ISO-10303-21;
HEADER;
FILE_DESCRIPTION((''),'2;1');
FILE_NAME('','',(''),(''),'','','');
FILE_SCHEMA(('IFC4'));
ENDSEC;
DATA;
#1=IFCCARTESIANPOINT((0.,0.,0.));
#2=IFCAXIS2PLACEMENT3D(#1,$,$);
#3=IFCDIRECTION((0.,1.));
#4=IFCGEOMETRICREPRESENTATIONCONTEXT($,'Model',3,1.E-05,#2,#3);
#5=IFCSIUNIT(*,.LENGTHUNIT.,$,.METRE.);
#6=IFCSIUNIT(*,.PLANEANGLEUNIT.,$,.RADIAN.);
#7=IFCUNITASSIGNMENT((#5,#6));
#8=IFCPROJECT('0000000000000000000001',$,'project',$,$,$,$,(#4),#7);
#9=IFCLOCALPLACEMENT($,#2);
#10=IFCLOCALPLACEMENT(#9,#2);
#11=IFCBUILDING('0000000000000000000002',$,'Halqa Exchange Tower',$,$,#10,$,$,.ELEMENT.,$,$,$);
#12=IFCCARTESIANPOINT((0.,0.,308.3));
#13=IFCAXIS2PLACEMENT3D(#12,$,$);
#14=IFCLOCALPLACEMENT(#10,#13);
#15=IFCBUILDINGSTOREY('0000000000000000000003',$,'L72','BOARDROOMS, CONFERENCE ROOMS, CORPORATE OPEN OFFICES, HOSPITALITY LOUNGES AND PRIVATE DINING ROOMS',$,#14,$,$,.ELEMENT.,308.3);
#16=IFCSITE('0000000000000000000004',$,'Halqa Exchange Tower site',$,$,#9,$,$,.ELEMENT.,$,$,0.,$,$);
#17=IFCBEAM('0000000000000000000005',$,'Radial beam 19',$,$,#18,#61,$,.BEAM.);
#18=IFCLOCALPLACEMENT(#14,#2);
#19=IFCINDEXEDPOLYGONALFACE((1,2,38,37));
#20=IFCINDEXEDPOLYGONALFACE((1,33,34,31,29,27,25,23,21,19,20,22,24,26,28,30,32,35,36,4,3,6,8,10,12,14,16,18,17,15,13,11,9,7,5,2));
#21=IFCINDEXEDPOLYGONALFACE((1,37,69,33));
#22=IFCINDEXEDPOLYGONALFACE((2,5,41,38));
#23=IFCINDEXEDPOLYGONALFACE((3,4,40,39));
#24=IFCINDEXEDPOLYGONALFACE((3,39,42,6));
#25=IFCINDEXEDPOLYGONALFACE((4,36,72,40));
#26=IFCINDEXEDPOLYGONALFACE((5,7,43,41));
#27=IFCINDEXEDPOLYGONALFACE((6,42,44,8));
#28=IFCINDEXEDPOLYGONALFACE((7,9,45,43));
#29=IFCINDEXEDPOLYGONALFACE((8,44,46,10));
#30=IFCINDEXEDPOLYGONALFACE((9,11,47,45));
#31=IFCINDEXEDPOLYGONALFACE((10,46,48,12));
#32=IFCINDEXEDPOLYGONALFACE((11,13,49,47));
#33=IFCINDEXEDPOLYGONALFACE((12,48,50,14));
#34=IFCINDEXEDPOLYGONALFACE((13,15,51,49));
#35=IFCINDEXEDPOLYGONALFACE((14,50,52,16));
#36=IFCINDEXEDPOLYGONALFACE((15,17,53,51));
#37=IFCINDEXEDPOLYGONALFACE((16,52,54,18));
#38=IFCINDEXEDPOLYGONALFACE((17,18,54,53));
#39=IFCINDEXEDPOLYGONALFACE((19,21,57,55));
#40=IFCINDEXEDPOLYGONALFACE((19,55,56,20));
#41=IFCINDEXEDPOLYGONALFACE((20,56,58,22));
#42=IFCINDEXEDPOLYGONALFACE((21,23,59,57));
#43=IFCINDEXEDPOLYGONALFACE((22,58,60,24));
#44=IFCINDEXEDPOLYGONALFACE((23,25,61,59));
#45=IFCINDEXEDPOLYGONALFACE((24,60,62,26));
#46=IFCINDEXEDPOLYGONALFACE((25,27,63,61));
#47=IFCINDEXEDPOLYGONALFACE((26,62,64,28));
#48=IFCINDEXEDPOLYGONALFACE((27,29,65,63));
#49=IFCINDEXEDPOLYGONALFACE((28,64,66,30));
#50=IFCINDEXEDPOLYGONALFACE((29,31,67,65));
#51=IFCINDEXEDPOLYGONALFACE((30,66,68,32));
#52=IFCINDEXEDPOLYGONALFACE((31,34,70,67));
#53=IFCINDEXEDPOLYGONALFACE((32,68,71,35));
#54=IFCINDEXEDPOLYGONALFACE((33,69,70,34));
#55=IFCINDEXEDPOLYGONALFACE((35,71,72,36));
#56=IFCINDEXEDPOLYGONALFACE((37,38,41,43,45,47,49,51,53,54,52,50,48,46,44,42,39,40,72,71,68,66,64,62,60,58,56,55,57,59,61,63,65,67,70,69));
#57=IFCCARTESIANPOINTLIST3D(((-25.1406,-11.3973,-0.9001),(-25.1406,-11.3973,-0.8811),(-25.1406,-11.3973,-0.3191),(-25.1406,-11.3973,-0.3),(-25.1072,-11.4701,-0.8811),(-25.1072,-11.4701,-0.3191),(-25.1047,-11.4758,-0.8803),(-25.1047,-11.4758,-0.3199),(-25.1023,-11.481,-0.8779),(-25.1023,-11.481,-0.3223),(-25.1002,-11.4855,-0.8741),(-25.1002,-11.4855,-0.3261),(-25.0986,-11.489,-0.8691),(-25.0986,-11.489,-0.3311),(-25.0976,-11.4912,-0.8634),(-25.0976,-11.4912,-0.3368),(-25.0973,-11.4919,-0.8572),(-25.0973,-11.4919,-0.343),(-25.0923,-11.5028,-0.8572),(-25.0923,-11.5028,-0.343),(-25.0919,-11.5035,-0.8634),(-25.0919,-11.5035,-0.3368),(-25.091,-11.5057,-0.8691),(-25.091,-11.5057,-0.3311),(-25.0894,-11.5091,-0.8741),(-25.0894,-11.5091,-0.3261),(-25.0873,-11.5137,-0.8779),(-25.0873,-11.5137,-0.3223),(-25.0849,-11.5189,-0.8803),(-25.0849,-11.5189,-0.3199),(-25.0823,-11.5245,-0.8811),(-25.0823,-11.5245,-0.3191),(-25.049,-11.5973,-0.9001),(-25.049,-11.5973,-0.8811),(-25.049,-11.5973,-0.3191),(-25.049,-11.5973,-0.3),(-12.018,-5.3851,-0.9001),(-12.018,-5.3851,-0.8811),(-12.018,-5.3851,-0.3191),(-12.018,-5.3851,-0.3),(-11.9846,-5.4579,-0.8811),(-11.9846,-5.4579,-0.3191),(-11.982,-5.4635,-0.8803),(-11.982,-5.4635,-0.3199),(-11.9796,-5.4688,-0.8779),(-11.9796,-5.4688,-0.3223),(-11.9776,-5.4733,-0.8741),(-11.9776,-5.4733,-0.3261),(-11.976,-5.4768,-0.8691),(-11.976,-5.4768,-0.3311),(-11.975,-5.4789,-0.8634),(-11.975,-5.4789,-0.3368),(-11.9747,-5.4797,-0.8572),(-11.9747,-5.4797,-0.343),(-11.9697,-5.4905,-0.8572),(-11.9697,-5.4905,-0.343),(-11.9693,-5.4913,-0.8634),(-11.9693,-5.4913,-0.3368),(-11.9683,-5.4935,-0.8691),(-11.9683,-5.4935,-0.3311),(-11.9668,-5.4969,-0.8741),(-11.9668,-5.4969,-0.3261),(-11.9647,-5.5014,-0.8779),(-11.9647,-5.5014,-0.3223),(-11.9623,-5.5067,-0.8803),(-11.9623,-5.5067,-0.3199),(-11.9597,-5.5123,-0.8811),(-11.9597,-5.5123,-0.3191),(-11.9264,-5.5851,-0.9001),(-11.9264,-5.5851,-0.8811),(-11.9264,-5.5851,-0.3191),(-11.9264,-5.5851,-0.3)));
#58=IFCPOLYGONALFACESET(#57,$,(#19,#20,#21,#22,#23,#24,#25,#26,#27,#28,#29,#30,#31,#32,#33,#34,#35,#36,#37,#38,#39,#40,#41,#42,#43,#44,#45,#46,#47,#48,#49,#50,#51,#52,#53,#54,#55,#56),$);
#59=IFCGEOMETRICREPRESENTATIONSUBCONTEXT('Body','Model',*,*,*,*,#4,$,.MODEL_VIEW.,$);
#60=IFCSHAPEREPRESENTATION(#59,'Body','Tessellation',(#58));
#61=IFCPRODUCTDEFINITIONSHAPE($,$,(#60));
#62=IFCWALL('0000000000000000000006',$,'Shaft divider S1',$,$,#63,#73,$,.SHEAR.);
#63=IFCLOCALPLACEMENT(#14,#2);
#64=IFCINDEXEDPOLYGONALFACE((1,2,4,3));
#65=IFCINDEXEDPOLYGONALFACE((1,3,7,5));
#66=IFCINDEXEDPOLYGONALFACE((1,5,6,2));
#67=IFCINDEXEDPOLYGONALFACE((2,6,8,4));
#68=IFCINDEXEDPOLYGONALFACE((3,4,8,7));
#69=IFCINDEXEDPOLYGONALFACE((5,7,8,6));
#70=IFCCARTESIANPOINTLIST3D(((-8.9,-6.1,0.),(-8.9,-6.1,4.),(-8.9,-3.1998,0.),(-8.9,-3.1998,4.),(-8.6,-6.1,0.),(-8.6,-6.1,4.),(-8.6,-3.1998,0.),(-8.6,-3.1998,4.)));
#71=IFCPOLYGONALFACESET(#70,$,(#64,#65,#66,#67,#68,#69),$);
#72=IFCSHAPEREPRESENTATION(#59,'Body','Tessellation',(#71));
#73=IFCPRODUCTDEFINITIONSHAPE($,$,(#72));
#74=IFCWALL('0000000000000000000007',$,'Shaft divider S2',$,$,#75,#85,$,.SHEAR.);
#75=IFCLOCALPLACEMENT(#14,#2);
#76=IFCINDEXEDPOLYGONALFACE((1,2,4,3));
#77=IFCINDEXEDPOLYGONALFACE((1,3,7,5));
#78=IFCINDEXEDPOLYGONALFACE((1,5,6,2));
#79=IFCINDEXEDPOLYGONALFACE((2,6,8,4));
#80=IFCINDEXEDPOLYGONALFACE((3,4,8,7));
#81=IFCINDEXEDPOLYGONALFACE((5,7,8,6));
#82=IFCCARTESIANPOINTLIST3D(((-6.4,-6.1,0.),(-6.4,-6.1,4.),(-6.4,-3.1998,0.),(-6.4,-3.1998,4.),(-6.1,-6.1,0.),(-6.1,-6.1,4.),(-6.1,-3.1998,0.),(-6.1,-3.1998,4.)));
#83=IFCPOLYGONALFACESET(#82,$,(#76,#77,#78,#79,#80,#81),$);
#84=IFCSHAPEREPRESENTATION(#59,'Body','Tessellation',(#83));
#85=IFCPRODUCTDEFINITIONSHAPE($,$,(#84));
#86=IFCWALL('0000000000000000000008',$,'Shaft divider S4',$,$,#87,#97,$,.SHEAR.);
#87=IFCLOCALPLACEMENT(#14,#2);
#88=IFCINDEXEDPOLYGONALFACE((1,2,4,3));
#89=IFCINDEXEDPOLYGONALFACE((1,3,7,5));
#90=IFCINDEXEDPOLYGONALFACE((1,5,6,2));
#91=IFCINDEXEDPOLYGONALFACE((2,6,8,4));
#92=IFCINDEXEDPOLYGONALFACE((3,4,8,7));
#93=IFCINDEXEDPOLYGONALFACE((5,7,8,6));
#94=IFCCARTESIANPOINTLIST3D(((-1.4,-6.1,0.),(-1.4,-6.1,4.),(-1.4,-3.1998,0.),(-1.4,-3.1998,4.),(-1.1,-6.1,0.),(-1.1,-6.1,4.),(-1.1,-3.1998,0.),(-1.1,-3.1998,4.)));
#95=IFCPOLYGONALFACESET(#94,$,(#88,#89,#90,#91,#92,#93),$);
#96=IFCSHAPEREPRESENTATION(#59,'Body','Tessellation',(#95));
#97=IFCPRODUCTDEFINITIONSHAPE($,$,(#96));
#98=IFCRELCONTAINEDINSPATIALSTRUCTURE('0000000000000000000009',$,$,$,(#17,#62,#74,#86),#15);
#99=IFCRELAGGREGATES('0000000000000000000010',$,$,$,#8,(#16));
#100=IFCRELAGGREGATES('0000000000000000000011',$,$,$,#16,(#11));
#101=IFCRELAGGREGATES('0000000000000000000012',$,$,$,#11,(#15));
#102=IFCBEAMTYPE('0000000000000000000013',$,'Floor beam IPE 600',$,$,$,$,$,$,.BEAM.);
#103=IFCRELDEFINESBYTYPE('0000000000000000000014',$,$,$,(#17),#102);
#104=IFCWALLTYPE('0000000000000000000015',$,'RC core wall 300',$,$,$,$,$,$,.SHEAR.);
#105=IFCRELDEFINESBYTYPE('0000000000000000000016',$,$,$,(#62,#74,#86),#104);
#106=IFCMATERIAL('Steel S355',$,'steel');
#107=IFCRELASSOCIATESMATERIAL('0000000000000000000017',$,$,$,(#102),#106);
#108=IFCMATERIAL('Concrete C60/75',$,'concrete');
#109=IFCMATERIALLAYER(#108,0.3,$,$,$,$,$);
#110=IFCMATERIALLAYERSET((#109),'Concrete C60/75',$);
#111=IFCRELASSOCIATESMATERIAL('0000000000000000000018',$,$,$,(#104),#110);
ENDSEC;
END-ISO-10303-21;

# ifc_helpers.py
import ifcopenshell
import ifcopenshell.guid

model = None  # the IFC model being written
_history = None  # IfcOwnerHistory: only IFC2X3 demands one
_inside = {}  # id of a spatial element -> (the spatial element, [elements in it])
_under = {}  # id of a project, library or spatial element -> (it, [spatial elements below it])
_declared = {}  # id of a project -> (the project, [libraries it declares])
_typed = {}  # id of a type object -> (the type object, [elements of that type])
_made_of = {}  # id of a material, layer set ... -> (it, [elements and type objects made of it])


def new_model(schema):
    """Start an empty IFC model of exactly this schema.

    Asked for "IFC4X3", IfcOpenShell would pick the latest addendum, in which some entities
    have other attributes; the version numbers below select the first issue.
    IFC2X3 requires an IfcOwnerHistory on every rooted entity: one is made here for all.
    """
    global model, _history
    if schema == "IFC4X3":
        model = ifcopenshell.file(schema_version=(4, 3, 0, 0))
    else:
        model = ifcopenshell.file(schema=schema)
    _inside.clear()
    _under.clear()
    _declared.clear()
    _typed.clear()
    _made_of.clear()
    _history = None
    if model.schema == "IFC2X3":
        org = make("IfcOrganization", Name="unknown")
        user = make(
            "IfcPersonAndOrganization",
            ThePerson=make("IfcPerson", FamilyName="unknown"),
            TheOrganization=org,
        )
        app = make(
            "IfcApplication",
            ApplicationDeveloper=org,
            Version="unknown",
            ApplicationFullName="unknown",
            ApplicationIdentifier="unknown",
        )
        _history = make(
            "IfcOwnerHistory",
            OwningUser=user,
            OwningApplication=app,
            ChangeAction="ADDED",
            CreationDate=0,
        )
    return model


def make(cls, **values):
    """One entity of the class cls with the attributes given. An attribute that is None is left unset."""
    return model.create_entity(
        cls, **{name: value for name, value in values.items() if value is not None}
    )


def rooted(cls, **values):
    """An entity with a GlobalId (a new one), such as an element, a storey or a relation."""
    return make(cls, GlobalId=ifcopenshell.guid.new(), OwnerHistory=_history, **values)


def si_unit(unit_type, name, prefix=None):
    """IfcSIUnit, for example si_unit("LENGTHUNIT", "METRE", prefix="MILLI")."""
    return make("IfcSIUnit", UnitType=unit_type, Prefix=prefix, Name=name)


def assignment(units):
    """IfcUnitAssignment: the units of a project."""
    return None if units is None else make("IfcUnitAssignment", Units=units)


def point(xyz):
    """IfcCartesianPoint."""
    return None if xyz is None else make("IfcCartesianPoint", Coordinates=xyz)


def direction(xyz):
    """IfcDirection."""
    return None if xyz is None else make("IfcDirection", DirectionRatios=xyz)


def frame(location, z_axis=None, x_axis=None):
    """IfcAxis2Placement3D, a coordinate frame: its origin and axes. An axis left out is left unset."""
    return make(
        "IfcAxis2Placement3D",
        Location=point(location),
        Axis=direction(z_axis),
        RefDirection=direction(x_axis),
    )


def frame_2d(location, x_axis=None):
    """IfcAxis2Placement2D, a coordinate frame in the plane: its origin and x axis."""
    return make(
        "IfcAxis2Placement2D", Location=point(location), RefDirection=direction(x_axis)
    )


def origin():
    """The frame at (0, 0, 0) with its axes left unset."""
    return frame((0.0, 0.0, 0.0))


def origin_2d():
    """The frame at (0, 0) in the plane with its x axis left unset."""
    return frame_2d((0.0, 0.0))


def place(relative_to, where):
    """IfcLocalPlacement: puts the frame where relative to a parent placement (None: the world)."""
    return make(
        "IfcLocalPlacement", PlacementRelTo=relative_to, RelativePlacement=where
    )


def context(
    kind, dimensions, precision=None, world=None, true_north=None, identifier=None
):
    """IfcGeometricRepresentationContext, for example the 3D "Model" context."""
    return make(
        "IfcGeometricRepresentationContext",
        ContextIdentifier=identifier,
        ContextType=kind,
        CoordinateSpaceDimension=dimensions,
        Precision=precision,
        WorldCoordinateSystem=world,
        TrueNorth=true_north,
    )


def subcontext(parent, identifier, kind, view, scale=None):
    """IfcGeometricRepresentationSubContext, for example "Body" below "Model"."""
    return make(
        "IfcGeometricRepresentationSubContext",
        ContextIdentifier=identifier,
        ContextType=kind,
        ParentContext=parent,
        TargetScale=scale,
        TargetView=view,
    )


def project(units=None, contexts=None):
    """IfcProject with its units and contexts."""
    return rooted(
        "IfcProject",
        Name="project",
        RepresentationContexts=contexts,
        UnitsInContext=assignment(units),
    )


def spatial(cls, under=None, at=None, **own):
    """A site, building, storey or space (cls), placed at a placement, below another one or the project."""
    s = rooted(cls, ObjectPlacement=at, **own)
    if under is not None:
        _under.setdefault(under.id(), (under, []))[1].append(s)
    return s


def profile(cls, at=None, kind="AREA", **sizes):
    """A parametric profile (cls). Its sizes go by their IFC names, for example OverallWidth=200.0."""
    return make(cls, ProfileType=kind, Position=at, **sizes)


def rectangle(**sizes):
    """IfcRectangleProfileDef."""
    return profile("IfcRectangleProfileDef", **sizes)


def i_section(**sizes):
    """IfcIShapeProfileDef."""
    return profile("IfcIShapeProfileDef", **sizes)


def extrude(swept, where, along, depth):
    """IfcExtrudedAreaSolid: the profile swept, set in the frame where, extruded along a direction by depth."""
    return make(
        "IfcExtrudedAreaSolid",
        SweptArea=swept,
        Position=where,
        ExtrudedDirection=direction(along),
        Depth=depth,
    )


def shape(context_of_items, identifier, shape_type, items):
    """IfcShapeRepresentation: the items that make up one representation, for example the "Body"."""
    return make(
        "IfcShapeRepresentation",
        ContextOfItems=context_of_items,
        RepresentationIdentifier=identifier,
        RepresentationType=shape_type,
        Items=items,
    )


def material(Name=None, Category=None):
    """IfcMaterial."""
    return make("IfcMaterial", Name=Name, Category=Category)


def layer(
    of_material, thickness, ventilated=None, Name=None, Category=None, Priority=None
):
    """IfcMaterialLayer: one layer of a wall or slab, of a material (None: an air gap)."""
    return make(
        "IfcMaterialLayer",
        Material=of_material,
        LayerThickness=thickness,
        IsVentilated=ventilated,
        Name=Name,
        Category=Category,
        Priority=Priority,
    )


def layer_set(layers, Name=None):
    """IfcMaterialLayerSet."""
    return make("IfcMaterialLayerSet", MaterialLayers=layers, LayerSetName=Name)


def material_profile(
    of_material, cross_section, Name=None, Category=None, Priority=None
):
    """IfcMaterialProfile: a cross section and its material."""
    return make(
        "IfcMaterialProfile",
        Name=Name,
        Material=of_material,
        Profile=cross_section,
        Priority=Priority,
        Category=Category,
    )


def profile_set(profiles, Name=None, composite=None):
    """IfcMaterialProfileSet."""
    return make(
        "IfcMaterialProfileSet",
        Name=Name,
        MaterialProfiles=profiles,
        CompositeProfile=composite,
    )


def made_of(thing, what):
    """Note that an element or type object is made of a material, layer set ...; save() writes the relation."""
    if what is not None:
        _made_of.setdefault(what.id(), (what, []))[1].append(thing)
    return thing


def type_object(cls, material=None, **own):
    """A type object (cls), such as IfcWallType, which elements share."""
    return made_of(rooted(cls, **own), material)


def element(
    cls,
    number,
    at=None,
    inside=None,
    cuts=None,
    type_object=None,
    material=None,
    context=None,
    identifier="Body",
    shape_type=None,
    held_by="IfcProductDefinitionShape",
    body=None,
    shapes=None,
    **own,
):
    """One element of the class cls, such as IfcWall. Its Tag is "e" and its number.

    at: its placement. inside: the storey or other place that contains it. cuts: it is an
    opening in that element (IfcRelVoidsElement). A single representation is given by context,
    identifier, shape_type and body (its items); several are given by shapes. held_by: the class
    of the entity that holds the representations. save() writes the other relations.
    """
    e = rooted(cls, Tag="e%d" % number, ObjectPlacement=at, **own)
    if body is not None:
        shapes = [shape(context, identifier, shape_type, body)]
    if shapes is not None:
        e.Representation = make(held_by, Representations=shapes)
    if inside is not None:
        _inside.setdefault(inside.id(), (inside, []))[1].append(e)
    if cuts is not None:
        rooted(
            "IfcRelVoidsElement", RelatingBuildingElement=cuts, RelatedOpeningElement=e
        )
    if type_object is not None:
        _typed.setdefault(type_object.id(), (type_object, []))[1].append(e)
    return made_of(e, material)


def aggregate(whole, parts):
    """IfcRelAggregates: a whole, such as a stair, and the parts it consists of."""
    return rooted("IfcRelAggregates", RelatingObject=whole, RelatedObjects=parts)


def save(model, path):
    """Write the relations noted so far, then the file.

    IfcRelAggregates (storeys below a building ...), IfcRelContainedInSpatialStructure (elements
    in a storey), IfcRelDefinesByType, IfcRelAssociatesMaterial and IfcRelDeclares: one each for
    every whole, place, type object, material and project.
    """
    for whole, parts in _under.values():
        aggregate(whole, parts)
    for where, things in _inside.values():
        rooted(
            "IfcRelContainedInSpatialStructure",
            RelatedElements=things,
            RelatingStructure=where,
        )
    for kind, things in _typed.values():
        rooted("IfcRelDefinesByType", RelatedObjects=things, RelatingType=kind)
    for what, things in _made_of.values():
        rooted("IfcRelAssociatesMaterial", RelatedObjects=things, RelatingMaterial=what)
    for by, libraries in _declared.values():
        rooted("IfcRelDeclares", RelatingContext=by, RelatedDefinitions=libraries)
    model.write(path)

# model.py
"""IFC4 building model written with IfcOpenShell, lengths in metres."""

from ifc_helpers import new_model, si_unit, direction, frame, frame_2d, origin, origin_2d, place, context, subcontext, project, spatial, rectangle, i_section, extrude, material, layer, layer_set, material_profile, profile_set, type_object, element, save


model = new_model("IFC4")

# Units and contexts
model_context = context("Model", 3, precision=1e-05, world=origin(), true_north=direction((0.0, 1.0)))
body_context = subcontext(model_context, "Body", "Model", "MODEL_VIEW")
ifc_project = project(units=[si_unit("LENGTHUNIT", "METRE"), si_unit("PLANEANGLEUNIT", "RADIAN")], contexts=[model_context])

# Site, building, storey
site_placement = place(None, origin())
site = spatial("IfcSite", under=ifc_project, at=site_placement, Name="Halqa Exchange Tower site", CompositionType="ELEMENT", RefElevation=0.0)
building_placement = place(site_placement, origin())
building = spatial("IfcBuilding", under=site, at=building_placement, Name="Halqa Exchange Tower", CompositionType="ELEMENT")
storey_placement = place(building_placement, frame((0.0, 0.0, 308.3)))
storey = spatial("IfcBuildingStorey", under=building, at=storey_placement, Name="L72", Description="BOARDROOMS, CONFERENCE ROOMS, CORPORATE OPEN OFFICES, HOSPITALITY LOUNGES AND PRIVATE DINING ROOMS", CompositionType="ELEMENT", Elevation=308.3)

# Beam
ifc_material_1 = material(Name="Steel S355", Category="steel")
ifc_material_profile = material_profile(ifc_material_1, i_section(OverallWidth=0.22, OverallDepth=0.6001, WebThickness=0.012, FlangeThickness=0.019, FilletRadius=0.0239, at=origin_2d()), Name="IPE 600")
ifc_profile_set = profile_set([ifc_material_profile], Name="Steel S355")
beam_type = type_object("IfcBeamType", Name="Floor beam IPE 600", PredefinedType="BEAM", material=ifc_profile_set)
beam_placement = place(storey_placement, frame((-11.9722, -5.4851, -0.6001), z_axis=(-0.909125, -0.416523, 0.0), x_axis=(0.416523, -0.909125, 0.0)))
element("IfcBeam", 1, at=beam_placement, inside=storey, type_object=beam_type, Name="Radial beam 19", PredefinedType="BEAM", context=body_context, shape_type="SweptSolid", body=[
    extrude(i_section(OverallWidth=0.22, OverallDepth=0.6001, WebThickness=0.012, FlangeThickness=0.019, FilletRadius=0.0239, at=origin_2d()), origin(), (0.0, 0.0, 1.0), 14.4343),
])

# Walls
ifc_material_2 = material(Name="Concrete C60/75", Category="concrete")
ifc_layer_1 = layer(ifc_material_2, 0.3)
ifc_layer_set_1 = layer_set([ifc_layer_1], Name="Concrete C60/75")
wall_type_1 = type_object("IfcWallType", Name="RC core wall 300", PredefinedType="SHEAR", material=ifc_layer_set_1)
for number, where, z_axis, x_axis, name in (
    (2, (-8.75, -6.1001, 0.0), (0.0, 0.0, 1.0), (0.0, 1.0, 0.0), "Shaft divider S1"),
    (3, (-6.25, -6.1001, 0.0), (0.0, 0.0, 1.0), (0.0, 1.0, 0.0), "Shaft divider S2"),
    (4, (-1.25, -6.1001, 0.0), (0.0, 0.0, 1.0), (0.0, 1.0, 0.0), "Shaft divider S4"),
):
    element("IfcWall", number, at=place(storey_placement, frame(where, z_axis=z_axis, x_axis=x_axis)), inside=storey, type_object=wall_type_1, Name=name, PredefinedType="SHEAR", context=body_context, shape_type="SweptSolid", body=[
        extrude(rectangle(XDim=2.9001, YDim=0.3, at=frame_2d((1.4502, 0.0))), origin(), (0.0, 0.0, 1.0), 4.0),
    ])

save(model, "model.ifc")
